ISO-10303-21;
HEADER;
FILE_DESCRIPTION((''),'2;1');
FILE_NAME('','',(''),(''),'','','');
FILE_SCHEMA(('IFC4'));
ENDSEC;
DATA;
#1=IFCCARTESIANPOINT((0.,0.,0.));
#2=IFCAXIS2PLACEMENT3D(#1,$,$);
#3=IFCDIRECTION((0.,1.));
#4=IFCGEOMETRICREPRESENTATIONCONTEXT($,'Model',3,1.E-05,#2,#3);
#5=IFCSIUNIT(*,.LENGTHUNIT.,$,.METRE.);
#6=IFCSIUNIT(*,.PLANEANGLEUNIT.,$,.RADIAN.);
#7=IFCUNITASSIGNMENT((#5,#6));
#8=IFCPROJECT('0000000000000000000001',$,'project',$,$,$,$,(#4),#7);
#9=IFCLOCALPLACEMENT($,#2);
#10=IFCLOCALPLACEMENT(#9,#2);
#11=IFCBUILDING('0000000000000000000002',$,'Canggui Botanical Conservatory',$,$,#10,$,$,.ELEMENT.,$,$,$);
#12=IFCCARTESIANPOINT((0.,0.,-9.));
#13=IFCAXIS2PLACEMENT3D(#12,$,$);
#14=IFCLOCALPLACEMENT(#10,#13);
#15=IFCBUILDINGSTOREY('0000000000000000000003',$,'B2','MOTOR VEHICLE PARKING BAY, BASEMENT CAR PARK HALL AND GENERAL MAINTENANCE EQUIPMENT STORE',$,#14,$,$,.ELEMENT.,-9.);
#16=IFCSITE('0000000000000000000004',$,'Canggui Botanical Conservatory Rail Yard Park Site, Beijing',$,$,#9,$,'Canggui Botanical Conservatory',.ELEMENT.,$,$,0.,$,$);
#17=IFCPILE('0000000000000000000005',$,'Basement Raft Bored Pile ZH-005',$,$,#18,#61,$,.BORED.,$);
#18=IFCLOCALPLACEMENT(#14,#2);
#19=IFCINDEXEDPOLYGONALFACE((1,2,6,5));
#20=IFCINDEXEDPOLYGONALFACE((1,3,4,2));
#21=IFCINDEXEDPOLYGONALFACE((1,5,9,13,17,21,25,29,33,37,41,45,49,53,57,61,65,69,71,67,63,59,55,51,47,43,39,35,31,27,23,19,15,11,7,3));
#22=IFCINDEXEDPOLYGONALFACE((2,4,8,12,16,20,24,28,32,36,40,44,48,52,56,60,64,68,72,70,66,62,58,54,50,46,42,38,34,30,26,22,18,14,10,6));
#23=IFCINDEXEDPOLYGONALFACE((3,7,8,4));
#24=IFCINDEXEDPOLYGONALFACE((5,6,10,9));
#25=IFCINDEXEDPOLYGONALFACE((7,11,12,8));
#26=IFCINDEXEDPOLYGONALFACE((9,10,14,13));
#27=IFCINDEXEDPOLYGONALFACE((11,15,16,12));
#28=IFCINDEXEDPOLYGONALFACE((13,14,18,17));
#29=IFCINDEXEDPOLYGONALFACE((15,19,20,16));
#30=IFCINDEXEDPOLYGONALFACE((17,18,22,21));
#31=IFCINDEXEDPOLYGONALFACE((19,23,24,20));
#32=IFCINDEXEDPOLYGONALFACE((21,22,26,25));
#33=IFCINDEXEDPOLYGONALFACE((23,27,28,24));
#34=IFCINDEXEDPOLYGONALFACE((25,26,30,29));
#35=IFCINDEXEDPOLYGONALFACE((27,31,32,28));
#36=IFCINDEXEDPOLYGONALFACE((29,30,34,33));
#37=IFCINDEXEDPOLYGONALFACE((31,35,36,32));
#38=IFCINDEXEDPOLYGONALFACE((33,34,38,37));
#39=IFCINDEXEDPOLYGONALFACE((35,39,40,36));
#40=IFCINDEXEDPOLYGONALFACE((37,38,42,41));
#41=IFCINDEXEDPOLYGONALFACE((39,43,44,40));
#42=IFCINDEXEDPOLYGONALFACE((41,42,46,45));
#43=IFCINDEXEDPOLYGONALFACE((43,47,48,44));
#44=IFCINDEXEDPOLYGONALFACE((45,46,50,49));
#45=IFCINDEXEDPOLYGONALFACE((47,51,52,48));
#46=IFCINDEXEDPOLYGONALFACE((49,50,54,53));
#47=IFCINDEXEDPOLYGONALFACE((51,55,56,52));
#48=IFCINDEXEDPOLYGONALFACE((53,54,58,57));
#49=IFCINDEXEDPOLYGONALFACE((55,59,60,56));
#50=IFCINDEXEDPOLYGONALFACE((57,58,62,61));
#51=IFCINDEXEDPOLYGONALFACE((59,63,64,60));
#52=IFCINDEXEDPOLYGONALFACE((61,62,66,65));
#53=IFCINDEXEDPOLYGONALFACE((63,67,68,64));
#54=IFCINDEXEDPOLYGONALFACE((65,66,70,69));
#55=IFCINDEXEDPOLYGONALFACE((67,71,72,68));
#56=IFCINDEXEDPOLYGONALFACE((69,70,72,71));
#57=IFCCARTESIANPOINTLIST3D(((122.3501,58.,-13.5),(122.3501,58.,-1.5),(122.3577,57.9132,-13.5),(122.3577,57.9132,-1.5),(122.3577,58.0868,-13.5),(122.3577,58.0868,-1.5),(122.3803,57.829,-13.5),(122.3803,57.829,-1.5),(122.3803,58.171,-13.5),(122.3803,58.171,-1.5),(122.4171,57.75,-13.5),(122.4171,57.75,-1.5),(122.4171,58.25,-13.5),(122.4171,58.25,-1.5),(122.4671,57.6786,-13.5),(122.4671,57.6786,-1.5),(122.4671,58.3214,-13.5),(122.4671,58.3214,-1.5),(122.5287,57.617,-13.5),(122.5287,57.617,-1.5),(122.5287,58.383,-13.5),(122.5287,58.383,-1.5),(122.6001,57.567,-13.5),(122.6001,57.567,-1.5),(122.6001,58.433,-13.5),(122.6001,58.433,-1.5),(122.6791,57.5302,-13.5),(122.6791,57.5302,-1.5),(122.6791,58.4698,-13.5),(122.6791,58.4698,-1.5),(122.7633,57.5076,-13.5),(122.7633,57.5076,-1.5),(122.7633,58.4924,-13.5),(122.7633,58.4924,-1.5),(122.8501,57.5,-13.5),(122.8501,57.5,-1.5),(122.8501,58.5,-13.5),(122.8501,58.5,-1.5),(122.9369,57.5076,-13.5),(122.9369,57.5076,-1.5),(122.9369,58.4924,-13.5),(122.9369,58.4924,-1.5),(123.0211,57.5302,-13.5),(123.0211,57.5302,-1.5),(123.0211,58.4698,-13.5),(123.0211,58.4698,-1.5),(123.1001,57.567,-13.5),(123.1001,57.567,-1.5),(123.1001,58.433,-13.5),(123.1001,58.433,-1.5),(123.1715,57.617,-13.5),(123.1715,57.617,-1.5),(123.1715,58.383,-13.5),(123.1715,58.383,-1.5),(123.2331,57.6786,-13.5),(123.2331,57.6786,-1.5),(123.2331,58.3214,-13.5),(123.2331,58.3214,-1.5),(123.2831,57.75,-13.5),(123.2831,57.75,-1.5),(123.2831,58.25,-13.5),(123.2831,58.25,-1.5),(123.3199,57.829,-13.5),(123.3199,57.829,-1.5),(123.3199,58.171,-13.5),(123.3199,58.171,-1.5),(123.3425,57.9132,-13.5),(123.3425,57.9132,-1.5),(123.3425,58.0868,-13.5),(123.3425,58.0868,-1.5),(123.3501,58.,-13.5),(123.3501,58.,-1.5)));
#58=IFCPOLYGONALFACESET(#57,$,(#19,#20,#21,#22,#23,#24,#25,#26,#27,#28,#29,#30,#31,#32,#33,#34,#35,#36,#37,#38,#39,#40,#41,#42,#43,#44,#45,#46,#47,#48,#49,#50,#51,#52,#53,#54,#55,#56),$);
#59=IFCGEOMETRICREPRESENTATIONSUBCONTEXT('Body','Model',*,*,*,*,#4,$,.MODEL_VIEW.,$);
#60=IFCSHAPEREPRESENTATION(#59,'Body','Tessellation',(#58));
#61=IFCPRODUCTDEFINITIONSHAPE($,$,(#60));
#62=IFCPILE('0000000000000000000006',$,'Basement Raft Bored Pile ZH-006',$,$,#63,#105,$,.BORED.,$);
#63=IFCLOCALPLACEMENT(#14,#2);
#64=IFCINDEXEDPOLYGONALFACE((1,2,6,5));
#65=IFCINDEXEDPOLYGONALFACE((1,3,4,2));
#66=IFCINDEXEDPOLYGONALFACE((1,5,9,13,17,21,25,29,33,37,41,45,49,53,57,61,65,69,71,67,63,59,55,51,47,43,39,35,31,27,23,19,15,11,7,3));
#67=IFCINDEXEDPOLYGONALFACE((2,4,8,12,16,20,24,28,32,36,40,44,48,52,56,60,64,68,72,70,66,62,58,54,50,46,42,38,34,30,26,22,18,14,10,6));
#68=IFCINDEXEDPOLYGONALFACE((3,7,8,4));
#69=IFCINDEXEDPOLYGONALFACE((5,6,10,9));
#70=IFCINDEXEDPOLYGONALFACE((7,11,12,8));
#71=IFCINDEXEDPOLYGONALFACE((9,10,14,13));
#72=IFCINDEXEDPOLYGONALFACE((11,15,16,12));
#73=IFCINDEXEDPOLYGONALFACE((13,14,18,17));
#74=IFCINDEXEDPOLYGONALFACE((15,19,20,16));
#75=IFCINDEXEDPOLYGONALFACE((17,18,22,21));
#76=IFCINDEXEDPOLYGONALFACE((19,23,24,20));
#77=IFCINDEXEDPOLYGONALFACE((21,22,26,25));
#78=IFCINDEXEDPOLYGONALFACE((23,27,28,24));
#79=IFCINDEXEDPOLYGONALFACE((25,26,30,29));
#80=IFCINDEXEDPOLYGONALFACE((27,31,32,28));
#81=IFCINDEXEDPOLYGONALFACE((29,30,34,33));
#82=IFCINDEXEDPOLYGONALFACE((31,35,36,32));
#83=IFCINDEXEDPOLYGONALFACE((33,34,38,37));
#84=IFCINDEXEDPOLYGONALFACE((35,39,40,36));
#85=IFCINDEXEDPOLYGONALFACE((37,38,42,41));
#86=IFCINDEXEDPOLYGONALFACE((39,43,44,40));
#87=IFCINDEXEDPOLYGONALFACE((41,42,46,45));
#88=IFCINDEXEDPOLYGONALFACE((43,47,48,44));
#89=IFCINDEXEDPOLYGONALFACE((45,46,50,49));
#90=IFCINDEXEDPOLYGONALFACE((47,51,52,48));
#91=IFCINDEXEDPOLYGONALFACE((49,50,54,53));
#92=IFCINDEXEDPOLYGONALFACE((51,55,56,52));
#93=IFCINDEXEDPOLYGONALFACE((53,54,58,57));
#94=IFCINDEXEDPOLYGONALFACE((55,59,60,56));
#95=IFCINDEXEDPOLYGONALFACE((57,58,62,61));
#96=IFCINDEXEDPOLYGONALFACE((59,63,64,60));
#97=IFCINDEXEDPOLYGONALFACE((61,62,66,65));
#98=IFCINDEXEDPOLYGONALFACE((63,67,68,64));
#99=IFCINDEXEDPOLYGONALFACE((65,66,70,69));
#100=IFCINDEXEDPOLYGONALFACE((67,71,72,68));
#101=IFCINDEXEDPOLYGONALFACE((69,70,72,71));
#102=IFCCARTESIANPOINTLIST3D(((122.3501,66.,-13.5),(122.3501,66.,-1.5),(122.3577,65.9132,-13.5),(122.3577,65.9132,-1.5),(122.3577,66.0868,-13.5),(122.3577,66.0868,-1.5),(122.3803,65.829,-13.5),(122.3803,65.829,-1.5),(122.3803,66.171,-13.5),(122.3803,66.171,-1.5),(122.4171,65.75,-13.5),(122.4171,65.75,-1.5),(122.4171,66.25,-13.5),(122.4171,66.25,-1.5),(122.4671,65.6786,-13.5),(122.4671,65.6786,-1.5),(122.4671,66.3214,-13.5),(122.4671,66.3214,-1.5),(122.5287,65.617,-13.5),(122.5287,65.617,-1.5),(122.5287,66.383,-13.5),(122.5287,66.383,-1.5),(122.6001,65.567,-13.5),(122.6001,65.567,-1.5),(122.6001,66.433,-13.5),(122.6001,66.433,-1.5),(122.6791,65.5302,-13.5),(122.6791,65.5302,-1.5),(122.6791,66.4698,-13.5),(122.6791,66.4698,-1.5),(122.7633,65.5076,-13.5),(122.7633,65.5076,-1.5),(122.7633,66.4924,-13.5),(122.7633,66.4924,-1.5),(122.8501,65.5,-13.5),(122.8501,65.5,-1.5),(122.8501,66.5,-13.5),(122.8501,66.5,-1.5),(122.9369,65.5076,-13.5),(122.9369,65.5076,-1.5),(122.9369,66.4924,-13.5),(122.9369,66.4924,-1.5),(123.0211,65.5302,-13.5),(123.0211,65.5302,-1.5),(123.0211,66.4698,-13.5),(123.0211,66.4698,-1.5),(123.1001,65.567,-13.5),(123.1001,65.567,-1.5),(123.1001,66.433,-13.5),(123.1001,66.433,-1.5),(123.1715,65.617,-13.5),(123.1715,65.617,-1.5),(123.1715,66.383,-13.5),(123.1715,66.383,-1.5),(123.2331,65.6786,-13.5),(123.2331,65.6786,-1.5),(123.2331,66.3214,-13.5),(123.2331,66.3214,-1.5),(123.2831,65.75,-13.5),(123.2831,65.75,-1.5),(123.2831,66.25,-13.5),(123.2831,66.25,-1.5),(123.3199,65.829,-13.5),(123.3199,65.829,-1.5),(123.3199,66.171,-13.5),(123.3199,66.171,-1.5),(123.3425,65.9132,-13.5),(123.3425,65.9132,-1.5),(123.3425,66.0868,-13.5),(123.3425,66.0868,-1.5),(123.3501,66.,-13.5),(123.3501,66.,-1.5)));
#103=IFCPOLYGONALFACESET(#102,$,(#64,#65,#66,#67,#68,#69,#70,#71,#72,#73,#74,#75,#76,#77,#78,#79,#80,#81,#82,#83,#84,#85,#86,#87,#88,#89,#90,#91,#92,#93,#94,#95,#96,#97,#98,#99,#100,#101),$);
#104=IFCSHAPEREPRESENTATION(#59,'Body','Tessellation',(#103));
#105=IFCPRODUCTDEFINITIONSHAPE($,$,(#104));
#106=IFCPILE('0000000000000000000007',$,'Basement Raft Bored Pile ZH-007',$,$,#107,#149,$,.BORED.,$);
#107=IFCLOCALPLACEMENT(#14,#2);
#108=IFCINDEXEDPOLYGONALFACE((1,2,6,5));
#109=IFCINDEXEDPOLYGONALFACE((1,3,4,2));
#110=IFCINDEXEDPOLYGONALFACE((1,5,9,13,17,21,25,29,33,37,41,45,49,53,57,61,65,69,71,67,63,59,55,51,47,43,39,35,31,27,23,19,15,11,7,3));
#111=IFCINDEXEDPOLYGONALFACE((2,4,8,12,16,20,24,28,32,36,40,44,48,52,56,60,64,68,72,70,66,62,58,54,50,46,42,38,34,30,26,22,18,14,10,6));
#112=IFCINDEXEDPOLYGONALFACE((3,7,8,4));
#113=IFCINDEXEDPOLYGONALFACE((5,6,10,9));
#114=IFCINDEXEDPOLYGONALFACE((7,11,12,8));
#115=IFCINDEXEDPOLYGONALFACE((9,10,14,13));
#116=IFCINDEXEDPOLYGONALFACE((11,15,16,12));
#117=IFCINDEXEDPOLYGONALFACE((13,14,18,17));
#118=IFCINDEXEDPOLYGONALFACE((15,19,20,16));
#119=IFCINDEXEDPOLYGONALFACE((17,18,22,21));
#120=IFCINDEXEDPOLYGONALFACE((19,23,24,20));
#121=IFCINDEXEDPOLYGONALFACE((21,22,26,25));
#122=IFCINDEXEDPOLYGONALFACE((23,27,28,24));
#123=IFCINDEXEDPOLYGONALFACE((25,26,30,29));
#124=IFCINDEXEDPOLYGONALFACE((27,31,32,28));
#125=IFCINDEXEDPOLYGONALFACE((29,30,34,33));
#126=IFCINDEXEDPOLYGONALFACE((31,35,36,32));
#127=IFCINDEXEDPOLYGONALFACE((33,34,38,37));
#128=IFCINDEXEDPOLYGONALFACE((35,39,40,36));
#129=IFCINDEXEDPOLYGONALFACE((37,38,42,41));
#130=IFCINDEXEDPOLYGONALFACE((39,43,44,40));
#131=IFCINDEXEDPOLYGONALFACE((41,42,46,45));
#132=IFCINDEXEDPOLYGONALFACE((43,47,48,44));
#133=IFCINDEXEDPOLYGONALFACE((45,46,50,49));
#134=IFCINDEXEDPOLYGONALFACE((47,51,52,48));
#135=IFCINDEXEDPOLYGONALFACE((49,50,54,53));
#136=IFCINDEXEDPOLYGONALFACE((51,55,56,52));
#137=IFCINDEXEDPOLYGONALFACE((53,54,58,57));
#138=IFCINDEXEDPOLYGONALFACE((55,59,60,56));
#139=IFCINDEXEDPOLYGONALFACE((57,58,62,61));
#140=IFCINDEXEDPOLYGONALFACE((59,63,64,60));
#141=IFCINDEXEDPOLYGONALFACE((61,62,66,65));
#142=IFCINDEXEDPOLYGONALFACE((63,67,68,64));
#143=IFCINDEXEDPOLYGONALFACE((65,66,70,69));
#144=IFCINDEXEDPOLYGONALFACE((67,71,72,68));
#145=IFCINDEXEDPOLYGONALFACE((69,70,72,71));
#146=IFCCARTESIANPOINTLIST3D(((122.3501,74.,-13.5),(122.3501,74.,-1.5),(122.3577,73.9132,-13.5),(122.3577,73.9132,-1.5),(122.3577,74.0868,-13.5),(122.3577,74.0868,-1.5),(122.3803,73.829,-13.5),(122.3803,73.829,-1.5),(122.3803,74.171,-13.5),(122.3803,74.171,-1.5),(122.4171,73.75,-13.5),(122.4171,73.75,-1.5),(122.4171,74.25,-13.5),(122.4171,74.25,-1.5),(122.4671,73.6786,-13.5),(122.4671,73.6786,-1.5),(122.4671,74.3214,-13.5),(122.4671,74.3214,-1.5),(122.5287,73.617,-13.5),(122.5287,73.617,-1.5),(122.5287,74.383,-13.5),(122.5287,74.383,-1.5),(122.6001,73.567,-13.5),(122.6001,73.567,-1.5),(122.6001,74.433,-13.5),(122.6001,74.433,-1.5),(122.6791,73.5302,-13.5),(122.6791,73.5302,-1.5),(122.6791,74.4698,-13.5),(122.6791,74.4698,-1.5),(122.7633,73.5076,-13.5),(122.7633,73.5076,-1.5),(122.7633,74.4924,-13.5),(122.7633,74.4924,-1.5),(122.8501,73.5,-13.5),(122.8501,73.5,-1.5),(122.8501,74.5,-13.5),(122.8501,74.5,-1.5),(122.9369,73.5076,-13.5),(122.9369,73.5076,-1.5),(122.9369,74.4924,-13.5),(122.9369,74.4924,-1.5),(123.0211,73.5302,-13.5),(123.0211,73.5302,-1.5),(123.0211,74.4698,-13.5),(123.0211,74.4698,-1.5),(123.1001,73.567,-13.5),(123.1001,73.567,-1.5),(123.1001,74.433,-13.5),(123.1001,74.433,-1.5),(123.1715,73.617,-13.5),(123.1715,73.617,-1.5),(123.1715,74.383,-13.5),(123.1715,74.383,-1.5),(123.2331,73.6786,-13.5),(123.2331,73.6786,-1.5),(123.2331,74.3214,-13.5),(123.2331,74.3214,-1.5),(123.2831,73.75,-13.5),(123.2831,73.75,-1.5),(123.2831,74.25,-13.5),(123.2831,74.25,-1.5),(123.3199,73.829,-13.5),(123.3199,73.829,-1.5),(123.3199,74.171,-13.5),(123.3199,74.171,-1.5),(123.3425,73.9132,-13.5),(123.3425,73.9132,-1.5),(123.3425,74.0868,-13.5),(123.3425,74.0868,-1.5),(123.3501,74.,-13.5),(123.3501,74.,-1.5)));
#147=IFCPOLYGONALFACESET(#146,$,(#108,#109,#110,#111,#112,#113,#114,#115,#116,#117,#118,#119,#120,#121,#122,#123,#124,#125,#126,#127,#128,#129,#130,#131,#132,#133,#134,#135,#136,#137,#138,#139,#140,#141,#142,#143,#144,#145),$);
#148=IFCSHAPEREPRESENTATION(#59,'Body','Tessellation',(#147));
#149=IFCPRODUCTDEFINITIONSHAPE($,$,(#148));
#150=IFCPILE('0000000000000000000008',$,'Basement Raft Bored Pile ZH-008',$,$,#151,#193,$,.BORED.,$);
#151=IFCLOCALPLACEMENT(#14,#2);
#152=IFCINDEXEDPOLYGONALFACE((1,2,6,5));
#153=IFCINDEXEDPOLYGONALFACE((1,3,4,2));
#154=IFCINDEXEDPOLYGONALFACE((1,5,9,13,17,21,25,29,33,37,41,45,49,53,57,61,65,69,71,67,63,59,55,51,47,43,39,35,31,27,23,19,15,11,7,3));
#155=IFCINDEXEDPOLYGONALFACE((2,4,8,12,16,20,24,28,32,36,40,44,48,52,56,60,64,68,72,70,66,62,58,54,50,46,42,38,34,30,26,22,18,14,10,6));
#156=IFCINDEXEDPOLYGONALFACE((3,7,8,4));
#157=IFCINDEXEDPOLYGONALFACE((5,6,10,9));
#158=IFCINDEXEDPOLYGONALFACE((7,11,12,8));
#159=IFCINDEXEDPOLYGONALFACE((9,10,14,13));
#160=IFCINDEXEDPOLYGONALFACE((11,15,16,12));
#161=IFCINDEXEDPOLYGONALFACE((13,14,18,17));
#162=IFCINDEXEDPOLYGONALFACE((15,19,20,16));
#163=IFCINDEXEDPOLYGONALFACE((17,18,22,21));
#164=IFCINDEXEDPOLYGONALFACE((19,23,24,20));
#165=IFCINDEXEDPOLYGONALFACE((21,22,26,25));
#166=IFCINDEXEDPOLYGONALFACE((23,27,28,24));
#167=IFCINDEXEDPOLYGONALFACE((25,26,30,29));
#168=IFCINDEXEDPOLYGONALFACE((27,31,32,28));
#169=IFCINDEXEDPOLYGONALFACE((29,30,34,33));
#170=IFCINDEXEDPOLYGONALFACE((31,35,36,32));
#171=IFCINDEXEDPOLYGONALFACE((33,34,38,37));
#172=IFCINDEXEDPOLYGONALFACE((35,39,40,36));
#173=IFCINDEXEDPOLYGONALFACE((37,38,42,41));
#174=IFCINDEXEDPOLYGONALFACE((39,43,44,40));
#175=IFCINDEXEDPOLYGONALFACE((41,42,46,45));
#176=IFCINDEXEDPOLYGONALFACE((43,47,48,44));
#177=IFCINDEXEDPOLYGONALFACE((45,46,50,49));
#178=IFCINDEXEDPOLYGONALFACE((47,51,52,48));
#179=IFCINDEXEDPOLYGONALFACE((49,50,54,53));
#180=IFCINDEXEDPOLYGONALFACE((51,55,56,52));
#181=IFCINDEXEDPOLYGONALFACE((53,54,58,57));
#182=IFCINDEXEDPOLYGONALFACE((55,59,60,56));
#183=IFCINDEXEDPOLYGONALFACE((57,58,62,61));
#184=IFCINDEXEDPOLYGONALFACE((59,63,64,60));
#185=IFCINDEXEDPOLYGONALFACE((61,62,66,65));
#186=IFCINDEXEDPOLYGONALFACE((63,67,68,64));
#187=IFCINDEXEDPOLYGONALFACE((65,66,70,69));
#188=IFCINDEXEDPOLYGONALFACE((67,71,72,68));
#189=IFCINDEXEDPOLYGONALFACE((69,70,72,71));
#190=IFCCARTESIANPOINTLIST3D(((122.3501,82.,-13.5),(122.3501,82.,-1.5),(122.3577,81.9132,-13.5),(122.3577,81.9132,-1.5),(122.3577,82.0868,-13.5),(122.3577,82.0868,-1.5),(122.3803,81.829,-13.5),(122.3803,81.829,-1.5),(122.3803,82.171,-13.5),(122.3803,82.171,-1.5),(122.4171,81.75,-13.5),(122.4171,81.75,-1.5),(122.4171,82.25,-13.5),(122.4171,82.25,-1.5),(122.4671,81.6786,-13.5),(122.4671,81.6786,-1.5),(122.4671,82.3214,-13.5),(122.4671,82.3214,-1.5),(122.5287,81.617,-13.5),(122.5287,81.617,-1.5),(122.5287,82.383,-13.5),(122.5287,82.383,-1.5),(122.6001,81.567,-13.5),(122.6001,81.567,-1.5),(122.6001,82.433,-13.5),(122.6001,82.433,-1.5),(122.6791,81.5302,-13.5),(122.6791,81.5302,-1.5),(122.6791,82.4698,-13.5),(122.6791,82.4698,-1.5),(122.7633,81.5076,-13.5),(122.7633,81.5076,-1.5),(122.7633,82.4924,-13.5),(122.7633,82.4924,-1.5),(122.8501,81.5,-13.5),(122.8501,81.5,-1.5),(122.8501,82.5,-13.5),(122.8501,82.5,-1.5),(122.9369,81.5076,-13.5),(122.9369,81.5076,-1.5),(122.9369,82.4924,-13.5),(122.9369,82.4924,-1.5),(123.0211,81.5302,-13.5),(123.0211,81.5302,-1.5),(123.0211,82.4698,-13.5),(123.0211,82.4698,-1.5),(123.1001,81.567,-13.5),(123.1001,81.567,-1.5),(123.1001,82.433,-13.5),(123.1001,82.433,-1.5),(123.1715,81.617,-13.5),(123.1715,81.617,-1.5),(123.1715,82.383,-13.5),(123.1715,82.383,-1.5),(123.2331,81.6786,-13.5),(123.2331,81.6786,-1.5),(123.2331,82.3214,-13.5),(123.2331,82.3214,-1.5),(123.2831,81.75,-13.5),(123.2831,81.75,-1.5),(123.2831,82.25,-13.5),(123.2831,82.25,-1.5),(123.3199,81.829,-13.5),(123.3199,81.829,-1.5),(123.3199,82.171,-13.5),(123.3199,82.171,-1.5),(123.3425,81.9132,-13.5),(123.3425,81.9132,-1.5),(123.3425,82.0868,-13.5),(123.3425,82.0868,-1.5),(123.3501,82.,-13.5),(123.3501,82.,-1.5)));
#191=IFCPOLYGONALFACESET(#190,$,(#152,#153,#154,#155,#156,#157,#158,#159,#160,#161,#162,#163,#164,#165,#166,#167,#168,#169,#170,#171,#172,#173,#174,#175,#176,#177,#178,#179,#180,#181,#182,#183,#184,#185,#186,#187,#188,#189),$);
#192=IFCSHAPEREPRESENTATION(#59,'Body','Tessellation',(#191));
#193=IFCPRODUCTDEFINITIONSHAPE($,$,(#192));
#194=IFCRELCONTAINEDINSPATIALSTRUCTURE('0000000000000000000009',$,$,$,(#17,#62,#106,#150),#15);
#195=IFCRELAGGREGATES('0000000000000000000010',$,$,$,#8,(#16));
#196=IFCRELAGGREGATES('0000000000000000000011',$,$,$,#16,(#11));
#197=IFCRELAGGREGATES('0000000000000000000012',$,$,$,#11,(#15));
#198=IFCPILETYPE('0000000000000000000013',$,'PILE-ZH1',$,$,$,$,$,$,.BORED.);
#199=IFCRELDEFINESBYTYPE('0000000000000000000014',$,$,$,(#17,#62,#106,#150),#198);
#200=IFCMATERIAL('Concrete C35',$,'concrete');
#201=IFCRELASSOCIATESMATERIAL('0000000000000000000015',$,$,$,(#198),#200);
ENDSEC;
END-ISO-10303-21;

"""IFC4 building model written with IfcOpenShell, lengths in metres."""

from ifc_helpers import new_model, si_unit, direction, frame, origin, origin_2d, place, context, subcontext, project, spatial, circle, extrude, material, material_profile, profile_set, type_object, element, save


model = new_model("IFC4")

# Units and contexts
model_context = context("Model", 3, precision=1e-05, world=origin(), true_north=direction((0.0, 1.0)))
body_context = subcontext(model_context, "Body", "Model", "MODEL_VIEW")
ifc_project = project(units=[si_unit("LENGTHUNIT", "METRE"), si_unit("PLANEANGLEUNIT", "RADIAN")], contexts=[model_context])

# Site, building, storey
site_placement = place(None, origin())
site = spatial("IfcSite", under=ifc_project, at=site_placement, Name="Canggui Botanical Conservatory Rail Yard Park Site, Beijing", LongName="Canggui Botanical Conservatory", CompositionType="ELEMENT", RefElevation=0.0)
building_placement = place(site_placement, origin())
building = spatial("IfcBuilding", under=site, at=building_placement, Name="Canggui Botanical Conservatory", CompositionType="ELEMENT")
storey_placement = place(building_placement, frame((0.0, 0.0, -9.0)))
storey = spatial("IfcBuildingStorey", under=building, at=storey_placement, Name="B2", Description="MOTOR VEHICLE PARKING BAY, BASEMENT CAR PARK HALL AND GENERAL MAINTENANCE EQUIPMENT STORE", CompositionType="ELEMENT", Elevation=-9.0)

# Piles
ifc_material_1 = material(Name="Concrete C35", Category="concrete")
ifc_material_profile_1 = material_profile(ifc_material_1, circle(Radius=0.5, at=origin_2d()), Name="PILE D1000")
ifc_profile_set_1 = profile_set([ifc_material_profile_1], Name="Concrete C35")
pile_type = type_object("IfcPileType", Name="PILE-ZH1", PredefinedType="BORED", material=ifc_profile_set_1)
for number, where, z_axis, x_axis, name in (
    (1, (122.8501, 58.0, -1.5), (0.0, 0.0, -1.0), (1.0, 0.0, 0.0), "Basement Raft Bored Pile ZH-005"),
    (2, (122.8501, 66.0, -1.5), (0.0, 0.0, -1.0), (1.0, 0.0, 0.0), "Basement Raft Bored Pile ZH-006"),
    (3, (122.8501, 74.0, -1.5), (0.0, 0.0, -1.0), (1.0, 0.0, 0.0), "Basement Raft Bored Pile ZH-007"),
    (4, (122.8501, 82.0, -1.5), (0.0, 0.0, -1.0), (1.0, 0.0, 0.0), "Basement Raft Bored Pile ZH-008"),
):
    element("IfcPile", number, at=place(storey_placement, frame(where, z_axis=z_axis, x_axis=x_axis)), inside=storey, type_object=pile_type, Name=name, PredefinedType="BORED", context=body_context, shape_type="SweptSolid", body=[
        extrude(circle(Radius=0.5, at=origin_2d()), origin(), (0.0, 0.0, 1.0), 12.0),
    ])

save(model, "model.ifc")
